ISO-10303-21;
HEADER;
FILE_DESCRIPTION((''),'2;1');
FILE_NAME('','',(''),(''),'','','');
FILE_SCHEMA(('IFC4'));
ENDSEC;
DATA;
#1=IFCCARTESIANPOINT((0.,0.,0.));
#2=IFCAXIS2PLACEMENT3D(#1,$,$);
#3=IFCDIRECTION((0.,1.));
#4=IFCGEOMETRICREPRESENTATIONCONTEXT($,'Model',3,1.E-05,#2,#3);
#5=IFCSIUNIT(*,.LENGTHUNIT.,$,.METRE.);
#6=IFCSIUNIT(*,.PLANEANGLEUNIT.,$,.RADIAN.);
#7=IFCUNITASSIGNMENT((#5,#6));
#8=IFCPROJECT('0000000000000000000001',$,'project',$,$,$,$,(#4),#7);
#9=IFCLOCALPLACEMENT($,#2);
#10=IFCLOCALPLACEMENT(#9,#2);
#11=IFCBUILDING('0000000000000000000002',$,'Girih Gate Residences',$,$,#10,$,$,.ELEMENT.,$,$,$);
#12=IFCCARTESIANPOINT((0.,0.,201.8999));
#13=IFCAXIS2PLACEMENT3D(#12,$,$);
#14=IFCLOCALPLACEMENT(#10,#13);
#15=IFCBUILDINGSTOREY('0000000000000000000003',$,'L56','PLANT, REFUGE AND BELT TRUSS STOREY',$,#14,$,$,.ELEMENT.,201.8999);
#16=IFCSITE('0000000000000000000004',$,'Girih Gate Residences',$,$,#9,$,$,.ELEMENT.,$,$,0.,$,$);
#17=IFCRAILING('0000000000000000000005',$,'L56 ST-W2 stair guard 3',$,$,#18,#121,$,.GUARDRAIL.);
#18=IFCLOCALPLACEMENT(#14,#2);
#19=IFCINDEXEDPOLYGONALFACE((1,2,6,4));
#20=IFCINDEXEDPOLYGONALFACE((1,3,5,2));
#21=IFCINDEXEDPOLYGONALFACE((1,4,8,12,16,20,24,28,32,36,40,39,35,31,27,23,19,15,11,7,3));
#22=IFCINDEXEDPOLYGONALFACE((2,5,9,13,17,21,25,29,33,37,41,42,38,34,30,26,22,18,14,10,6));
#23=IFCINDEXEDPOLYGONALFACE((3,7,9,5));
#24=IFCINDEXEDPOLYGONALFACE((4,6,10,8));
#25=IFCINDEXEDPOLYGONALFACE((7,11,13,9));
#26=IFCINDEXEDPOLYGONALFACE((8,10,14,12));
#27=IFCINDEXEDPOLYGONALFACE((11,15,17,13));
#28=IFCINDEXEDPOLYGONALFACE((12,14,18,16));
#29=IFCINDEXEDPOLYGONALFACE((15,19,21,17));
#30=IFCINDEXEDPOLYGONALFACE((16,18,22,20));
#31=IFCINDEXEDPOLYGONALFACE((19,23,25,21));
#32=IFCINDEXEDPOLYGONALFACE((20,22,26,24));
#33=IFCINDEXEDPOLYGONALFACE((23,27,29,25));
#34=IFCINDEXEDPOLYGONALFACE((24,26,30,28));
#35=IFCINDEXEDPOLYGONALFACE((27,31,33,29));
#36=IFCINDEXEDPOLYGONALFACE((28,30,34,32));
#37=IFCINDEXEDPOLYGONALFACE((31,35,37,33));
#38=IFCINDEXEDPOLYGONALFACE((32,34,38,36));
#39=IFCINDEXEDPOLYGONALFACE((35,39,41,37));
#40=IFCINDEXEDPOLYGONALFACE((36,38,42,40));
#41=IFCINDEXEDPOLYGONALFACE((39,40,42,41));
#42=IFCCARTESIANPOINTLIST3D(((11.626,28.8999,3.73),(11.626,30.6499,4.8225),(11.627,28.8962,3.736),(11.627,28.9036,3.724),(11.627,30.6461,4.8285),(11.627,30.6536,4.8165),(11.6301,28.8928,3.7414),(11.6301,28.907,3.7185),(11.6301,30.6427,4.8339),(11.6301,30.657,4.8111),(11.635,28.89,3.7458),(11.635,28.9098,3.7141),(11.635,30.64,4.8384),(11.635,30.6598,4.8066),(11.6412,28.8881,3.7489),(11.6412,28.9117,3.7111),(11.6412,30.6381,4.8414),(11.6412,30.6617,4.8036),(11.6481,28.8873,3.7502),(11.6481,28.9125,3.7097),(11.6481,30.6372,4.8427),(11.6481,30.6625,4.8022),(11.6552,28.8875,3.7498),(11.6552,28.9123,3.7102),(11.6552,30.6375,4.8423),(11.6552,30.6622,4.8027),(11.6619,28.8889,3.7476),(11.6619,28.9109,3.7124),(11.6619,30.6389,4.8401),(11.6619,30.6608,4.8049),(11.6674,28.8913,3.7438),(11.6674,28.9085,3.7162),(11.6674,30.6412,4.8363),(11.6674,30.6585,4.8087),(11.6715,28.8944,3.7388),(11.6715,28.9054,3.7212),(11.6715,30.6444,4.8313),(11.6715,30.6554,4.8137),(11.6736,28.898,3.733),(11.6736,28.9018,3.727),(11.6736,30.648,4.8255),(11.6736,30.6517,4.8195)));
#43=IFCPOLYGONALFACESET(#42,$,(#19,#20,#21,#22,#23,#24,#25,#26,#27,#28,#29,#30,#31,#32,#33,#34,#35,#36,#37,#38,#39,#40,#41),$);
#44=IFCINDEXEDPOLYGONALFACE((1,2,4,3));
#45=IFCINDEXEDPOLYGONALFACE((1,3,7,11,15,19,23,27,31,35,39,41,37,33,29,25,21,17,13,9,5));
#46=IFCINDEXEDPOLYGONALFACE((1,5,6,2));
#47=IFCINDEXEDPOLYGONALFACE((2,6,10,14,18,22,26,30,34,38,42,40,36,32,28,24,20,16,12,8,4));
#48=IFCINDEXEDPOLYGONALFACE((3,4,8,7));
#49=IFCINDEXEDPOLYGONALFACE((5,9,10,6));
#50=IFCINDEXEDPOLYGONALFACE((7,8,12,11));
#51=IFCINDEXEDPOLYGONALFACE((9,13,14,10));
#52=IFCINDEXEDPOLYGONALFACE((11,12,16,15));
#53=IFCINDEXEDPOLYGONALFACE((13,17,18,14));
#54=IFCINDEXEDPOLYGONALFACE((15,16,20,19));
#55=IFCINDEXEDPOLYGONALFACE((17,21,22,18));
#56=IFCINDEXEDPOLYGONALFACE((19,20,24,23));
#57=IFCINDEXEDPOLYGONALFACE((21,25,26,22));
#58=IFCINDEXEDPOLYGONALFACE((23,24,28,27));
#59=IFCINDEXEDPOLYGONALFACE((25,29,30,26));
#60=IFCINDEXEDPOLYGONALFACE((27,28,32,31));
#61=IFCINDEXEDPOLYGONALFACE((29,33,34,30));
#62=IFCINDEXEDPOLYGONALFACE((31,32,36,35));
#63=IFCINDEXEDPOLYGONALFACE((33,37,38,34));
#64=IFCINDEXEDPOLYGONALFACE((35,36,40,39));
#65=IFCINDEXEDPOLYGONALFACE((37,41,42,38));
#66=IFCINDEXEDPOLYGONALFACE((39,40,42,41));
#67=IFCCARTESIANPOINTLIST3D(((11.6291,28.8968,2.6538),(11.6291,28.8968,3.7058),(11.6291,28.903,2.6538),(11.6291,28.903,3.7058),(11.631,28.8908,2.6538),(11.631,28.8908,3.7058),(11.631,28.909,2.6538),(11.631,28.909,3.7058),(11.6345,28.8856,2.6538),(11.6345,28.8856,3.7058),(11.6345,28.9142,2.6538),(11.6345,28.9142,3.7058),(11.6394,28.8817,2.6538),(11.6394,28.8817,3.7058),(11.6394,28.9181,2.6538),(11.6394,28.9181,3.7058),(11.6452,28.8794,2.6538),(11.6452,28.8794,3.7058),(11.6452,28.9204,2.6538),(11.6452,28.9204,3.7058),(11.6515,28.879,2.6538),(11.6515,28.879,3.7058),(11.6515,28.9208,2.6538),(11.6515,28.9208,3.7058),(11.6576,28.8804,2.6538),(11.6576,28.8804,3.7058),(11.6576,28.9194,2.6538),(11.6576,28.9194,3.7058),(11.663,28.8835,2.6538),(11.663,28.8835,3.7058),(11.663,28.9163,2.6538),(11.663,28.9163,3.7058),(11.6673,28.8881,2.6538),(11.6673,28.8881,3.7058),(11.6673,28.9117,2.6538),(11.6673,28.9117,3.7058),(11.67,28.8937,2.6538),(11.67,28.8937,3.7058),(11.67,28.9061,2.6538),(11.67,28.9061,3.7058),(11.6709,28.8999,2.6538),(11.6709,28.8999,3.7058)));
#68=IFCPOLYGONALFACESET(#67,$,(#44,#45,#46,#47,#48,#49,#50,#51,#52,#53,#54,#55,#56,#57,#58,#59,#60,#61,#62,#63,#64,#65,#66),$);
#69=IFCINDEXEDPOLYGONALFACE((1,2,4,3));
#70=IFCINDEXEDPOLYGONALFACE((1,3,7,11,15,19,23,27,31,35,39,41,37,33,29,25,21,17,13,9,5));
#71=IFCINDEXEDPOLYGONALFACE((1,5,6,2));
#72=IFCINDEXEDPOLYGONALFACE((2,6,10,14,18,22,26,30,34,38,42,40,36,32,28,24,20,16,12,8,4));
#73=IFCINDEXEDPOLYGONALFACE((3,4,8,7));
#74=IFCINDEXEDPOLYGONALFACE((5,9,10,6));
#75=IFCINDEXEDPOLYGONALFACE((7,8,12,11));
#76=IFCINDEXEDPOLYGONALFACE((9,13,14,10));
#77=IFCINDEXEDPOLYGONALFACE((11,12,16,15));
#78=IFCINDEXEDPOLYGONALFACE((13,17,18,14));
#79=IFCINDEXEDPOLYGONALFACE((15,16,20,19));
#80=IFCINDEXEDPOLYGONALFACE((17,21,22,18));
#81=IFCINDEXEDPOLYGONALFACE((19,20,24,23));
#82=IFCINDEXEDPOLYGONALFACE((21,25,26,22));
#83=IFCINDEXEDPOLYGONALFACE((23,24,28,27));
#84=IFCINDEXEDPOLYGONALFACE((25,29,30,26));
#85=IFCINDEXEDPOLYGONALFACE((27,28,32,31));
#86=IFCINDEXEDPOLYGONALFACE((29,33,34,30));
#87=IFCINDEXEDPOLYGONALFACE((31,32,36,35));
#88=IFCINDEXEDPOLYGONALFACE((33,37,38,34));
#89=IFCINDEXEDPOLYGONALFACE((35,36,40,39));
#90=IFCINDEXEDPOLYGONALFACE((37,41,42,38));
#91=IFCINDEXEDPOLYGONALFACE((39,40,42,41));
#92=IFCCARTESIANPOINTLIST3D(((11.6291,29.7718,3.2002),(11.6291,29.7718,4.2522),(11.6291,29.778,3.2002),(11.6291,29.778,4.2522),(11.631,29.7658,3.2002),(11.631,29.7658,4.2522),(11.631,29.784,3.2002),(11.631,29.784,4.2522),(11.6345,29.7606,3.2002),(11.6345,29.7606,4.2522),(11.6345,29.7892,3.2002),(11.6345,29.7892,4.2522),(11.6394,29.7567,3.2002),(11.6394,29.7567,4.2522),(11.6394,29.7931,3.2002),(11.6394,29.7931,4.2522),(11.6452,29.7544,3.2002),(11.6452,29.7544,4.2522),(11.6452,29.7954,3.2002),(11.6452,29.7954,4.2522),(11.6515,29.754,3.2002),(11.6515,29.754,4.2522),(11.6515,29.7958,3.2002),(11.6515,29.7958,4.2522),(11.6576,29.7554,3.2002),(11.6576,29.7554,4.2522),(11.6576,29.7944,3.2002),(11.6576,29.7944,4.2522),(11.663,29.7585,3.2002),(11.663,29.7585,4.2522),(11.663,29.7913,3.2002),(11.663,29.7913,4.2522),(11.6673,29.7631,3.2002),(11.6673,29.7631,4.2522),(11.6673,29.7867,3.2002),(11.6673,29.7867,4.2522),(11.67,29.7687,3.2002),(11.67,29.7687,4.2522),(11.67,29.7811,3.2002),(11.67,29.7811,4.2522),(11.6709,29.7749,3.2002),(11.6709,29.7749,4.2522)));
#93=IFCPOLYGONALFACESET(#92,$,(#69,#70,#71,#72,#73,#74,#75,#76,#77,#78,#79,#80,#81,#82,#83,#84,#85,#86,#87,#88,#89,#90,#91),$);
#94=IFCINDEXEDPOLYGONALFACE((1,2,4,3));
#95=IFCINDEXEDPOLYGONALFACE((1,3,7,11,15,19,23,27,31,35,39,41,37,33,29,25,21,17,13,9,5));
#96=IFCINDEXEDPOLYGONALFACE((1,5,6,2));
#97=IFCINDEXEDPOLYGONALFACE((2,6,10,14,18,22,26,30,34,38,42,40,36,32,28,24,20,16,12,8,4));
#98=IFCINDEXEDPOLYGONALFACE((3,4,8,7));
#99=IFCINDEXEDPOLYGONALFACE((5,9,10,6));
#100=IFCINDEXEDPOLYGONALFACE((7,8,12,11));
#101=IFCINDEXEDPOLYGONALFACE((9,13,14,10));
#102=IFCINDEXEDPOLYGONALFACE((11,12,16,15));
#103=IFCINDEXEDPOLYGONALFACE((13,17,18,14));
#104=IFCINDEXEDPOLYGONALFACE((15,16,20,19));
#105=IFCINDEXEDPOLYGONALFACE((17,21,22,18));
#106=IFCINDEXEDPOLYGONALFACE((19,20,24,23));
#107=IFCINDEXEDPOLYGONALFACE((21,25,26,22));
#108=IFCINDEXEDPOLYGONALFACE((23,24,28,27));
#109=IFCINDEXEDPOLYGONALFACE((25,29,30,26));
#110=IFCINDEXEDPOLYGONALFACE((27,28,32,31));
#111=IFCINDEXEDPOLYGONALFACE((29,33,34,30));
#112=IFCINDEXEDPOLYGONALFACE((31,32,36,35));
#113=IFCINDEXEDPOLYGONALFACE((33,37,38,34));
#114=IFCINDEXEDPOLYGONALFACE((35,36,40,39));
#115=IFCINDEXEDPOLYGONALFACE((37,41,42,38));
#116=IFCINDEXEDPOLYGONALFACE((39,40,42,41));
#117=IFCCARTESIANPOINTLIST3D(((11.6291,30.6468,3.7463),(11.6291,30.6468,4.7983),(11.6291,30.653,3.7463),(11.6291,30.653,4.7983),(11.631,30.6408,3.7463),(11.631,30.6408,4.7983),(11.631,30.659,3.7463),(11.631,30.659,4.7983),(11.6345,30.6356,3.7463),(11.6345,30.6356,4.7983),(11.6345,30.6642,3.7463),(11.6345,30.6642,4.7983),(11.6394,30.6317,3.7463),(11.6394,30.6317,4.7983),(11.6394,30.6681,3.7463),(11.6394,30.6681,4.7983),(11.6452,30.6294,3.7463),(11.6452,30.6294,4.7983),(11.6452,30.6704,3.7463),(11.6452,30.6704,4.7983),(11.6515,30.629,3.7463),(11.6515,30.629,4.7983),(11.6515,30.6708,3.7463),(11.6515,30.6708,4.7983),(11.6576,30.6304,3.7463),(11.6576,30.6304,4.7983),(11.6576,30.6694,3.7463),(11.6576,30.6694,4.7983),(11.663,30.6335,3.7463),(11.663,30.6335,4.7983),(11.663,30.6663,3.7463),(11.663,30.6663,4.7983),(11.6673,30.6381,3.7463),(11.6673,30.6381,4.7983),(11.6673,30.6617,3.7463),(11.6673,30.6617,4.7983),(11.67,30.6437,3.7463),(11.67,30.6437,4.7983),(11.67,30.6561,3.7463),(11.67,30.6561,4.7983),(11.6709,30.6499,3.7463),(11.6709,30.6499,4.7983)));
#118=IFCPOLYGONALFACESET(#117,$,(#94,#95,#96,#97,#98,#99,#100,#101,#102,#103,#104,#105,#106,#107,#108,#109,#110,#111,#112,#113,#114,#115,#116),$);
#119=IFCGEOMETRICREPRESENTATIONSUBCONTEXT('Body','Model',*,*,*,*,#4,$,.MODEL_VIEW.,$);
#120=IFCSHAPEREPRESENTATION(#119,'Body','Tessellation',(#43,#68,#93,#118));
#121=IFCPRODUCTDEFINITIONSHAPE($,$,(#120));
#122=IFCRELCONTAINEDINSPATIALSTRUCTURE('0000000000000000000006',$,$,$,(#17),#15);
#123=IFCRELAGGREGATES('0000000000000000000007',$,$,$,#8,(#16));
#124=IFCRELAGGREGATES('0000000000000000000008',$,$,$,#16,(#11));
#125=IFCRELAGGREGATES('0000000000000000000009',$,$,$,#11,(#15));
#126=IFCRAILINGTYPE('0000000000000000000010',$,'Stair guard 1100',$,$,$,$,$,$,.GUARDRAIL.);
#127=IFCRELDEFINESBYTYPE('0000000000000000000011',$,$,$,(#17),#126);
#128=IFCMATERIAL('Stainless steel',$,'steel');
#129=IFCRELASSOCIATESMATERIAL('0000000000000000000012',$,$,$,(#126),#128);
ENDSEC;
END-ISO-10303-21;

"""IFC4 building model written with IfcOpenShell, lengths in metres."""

from ifc_helpers import new_model, si_unit, direction, frame, origin, origin_2d, place, context, subcontext, project, spatial, circle, extrude, material, type_object, element, save


model = new_model("IFC4")

# Units and contexts
model_context = context("Model", 3, precision=1e-05, world=origin(), true_north=direction((0.0, 1.0)))
body_context = subcontext(model_context, "Body", "Model", "MODEL_VIEW")
ifc_project = project(units=[si_unit("LENGTHUNIT", "METRE"), si_unit("PLANEANGLEUNIT", "RADIAN")], contexts=[model_context])

# Site, building, storey
site_placement = place(None, origin())
site = spatial("IfcSite", under=ifc_project, at=site_placement, Name="Girih Gate Residences", CompositionType="ELEMENT", RefElevation=0.0)
building_placement = place(site_placement, origin())
building = spatial("IfcBuilding", under=site, at=building_placement, Name="Girih Gate Residences", CompositionType="ELEMENT")
storey_placement = place(building_placement, frame((0.0, 0.0, 201.8999)))
storey = spatial("IfcBuildingStorey", under=building, at=storey_placement, Name="L56", Description="PLANT, REFUGE AND BELT TRUSS STOREY", CompositionType="ELEMENT", Elevation=201.8999)

# Railing
ifc_material_1 = material(Name="Stainless steel", Category="steel")
railing_type_1 = type_object("IfcRailingType", Name="Stair guard 1100", PredefinedType="GUARDRAIL", material=ifc_material_1)
railing_1_placement = place(storey_placement, frame((11.6499, 28.8999, 2.6538)))
element("IfcRailing", 1, at=railing_1_placement, inside=storey, type_object=railing_type_1, Name="L56 ST-W2 stair guard 3", PredefinedType="GUARDRAIL", context=body_context, shape_type="SweptSolid", body=[
    extrude(circle(Radius=0.0239, at=origin_2d()), frame((0.0, 0.0, 1.0762), z_axis=(0.0, 0.848264, 0.529573), x_axis=(-1.0, 0.0, 0.0)), (0.0, 0.0, 1.0), 2.063),
    extrude(circle(Radius=0.021, at=origin_2d()), origin(), (0.0, 0.0, 1.0), 1.052),
    extrude(circle(Radius=0.021, at=origin_2d()), frame((0.0, 0.875, 0.5464)), (0.0, 0.0, 1.0), 1.052),
    extrude(circle(Radius=0.021, at=origin_2d()), frame((0.0, 1.75, 1.0925)), (0.0, 0.0, 1.0), 1.052),
])

save(model, "model.ifc")
